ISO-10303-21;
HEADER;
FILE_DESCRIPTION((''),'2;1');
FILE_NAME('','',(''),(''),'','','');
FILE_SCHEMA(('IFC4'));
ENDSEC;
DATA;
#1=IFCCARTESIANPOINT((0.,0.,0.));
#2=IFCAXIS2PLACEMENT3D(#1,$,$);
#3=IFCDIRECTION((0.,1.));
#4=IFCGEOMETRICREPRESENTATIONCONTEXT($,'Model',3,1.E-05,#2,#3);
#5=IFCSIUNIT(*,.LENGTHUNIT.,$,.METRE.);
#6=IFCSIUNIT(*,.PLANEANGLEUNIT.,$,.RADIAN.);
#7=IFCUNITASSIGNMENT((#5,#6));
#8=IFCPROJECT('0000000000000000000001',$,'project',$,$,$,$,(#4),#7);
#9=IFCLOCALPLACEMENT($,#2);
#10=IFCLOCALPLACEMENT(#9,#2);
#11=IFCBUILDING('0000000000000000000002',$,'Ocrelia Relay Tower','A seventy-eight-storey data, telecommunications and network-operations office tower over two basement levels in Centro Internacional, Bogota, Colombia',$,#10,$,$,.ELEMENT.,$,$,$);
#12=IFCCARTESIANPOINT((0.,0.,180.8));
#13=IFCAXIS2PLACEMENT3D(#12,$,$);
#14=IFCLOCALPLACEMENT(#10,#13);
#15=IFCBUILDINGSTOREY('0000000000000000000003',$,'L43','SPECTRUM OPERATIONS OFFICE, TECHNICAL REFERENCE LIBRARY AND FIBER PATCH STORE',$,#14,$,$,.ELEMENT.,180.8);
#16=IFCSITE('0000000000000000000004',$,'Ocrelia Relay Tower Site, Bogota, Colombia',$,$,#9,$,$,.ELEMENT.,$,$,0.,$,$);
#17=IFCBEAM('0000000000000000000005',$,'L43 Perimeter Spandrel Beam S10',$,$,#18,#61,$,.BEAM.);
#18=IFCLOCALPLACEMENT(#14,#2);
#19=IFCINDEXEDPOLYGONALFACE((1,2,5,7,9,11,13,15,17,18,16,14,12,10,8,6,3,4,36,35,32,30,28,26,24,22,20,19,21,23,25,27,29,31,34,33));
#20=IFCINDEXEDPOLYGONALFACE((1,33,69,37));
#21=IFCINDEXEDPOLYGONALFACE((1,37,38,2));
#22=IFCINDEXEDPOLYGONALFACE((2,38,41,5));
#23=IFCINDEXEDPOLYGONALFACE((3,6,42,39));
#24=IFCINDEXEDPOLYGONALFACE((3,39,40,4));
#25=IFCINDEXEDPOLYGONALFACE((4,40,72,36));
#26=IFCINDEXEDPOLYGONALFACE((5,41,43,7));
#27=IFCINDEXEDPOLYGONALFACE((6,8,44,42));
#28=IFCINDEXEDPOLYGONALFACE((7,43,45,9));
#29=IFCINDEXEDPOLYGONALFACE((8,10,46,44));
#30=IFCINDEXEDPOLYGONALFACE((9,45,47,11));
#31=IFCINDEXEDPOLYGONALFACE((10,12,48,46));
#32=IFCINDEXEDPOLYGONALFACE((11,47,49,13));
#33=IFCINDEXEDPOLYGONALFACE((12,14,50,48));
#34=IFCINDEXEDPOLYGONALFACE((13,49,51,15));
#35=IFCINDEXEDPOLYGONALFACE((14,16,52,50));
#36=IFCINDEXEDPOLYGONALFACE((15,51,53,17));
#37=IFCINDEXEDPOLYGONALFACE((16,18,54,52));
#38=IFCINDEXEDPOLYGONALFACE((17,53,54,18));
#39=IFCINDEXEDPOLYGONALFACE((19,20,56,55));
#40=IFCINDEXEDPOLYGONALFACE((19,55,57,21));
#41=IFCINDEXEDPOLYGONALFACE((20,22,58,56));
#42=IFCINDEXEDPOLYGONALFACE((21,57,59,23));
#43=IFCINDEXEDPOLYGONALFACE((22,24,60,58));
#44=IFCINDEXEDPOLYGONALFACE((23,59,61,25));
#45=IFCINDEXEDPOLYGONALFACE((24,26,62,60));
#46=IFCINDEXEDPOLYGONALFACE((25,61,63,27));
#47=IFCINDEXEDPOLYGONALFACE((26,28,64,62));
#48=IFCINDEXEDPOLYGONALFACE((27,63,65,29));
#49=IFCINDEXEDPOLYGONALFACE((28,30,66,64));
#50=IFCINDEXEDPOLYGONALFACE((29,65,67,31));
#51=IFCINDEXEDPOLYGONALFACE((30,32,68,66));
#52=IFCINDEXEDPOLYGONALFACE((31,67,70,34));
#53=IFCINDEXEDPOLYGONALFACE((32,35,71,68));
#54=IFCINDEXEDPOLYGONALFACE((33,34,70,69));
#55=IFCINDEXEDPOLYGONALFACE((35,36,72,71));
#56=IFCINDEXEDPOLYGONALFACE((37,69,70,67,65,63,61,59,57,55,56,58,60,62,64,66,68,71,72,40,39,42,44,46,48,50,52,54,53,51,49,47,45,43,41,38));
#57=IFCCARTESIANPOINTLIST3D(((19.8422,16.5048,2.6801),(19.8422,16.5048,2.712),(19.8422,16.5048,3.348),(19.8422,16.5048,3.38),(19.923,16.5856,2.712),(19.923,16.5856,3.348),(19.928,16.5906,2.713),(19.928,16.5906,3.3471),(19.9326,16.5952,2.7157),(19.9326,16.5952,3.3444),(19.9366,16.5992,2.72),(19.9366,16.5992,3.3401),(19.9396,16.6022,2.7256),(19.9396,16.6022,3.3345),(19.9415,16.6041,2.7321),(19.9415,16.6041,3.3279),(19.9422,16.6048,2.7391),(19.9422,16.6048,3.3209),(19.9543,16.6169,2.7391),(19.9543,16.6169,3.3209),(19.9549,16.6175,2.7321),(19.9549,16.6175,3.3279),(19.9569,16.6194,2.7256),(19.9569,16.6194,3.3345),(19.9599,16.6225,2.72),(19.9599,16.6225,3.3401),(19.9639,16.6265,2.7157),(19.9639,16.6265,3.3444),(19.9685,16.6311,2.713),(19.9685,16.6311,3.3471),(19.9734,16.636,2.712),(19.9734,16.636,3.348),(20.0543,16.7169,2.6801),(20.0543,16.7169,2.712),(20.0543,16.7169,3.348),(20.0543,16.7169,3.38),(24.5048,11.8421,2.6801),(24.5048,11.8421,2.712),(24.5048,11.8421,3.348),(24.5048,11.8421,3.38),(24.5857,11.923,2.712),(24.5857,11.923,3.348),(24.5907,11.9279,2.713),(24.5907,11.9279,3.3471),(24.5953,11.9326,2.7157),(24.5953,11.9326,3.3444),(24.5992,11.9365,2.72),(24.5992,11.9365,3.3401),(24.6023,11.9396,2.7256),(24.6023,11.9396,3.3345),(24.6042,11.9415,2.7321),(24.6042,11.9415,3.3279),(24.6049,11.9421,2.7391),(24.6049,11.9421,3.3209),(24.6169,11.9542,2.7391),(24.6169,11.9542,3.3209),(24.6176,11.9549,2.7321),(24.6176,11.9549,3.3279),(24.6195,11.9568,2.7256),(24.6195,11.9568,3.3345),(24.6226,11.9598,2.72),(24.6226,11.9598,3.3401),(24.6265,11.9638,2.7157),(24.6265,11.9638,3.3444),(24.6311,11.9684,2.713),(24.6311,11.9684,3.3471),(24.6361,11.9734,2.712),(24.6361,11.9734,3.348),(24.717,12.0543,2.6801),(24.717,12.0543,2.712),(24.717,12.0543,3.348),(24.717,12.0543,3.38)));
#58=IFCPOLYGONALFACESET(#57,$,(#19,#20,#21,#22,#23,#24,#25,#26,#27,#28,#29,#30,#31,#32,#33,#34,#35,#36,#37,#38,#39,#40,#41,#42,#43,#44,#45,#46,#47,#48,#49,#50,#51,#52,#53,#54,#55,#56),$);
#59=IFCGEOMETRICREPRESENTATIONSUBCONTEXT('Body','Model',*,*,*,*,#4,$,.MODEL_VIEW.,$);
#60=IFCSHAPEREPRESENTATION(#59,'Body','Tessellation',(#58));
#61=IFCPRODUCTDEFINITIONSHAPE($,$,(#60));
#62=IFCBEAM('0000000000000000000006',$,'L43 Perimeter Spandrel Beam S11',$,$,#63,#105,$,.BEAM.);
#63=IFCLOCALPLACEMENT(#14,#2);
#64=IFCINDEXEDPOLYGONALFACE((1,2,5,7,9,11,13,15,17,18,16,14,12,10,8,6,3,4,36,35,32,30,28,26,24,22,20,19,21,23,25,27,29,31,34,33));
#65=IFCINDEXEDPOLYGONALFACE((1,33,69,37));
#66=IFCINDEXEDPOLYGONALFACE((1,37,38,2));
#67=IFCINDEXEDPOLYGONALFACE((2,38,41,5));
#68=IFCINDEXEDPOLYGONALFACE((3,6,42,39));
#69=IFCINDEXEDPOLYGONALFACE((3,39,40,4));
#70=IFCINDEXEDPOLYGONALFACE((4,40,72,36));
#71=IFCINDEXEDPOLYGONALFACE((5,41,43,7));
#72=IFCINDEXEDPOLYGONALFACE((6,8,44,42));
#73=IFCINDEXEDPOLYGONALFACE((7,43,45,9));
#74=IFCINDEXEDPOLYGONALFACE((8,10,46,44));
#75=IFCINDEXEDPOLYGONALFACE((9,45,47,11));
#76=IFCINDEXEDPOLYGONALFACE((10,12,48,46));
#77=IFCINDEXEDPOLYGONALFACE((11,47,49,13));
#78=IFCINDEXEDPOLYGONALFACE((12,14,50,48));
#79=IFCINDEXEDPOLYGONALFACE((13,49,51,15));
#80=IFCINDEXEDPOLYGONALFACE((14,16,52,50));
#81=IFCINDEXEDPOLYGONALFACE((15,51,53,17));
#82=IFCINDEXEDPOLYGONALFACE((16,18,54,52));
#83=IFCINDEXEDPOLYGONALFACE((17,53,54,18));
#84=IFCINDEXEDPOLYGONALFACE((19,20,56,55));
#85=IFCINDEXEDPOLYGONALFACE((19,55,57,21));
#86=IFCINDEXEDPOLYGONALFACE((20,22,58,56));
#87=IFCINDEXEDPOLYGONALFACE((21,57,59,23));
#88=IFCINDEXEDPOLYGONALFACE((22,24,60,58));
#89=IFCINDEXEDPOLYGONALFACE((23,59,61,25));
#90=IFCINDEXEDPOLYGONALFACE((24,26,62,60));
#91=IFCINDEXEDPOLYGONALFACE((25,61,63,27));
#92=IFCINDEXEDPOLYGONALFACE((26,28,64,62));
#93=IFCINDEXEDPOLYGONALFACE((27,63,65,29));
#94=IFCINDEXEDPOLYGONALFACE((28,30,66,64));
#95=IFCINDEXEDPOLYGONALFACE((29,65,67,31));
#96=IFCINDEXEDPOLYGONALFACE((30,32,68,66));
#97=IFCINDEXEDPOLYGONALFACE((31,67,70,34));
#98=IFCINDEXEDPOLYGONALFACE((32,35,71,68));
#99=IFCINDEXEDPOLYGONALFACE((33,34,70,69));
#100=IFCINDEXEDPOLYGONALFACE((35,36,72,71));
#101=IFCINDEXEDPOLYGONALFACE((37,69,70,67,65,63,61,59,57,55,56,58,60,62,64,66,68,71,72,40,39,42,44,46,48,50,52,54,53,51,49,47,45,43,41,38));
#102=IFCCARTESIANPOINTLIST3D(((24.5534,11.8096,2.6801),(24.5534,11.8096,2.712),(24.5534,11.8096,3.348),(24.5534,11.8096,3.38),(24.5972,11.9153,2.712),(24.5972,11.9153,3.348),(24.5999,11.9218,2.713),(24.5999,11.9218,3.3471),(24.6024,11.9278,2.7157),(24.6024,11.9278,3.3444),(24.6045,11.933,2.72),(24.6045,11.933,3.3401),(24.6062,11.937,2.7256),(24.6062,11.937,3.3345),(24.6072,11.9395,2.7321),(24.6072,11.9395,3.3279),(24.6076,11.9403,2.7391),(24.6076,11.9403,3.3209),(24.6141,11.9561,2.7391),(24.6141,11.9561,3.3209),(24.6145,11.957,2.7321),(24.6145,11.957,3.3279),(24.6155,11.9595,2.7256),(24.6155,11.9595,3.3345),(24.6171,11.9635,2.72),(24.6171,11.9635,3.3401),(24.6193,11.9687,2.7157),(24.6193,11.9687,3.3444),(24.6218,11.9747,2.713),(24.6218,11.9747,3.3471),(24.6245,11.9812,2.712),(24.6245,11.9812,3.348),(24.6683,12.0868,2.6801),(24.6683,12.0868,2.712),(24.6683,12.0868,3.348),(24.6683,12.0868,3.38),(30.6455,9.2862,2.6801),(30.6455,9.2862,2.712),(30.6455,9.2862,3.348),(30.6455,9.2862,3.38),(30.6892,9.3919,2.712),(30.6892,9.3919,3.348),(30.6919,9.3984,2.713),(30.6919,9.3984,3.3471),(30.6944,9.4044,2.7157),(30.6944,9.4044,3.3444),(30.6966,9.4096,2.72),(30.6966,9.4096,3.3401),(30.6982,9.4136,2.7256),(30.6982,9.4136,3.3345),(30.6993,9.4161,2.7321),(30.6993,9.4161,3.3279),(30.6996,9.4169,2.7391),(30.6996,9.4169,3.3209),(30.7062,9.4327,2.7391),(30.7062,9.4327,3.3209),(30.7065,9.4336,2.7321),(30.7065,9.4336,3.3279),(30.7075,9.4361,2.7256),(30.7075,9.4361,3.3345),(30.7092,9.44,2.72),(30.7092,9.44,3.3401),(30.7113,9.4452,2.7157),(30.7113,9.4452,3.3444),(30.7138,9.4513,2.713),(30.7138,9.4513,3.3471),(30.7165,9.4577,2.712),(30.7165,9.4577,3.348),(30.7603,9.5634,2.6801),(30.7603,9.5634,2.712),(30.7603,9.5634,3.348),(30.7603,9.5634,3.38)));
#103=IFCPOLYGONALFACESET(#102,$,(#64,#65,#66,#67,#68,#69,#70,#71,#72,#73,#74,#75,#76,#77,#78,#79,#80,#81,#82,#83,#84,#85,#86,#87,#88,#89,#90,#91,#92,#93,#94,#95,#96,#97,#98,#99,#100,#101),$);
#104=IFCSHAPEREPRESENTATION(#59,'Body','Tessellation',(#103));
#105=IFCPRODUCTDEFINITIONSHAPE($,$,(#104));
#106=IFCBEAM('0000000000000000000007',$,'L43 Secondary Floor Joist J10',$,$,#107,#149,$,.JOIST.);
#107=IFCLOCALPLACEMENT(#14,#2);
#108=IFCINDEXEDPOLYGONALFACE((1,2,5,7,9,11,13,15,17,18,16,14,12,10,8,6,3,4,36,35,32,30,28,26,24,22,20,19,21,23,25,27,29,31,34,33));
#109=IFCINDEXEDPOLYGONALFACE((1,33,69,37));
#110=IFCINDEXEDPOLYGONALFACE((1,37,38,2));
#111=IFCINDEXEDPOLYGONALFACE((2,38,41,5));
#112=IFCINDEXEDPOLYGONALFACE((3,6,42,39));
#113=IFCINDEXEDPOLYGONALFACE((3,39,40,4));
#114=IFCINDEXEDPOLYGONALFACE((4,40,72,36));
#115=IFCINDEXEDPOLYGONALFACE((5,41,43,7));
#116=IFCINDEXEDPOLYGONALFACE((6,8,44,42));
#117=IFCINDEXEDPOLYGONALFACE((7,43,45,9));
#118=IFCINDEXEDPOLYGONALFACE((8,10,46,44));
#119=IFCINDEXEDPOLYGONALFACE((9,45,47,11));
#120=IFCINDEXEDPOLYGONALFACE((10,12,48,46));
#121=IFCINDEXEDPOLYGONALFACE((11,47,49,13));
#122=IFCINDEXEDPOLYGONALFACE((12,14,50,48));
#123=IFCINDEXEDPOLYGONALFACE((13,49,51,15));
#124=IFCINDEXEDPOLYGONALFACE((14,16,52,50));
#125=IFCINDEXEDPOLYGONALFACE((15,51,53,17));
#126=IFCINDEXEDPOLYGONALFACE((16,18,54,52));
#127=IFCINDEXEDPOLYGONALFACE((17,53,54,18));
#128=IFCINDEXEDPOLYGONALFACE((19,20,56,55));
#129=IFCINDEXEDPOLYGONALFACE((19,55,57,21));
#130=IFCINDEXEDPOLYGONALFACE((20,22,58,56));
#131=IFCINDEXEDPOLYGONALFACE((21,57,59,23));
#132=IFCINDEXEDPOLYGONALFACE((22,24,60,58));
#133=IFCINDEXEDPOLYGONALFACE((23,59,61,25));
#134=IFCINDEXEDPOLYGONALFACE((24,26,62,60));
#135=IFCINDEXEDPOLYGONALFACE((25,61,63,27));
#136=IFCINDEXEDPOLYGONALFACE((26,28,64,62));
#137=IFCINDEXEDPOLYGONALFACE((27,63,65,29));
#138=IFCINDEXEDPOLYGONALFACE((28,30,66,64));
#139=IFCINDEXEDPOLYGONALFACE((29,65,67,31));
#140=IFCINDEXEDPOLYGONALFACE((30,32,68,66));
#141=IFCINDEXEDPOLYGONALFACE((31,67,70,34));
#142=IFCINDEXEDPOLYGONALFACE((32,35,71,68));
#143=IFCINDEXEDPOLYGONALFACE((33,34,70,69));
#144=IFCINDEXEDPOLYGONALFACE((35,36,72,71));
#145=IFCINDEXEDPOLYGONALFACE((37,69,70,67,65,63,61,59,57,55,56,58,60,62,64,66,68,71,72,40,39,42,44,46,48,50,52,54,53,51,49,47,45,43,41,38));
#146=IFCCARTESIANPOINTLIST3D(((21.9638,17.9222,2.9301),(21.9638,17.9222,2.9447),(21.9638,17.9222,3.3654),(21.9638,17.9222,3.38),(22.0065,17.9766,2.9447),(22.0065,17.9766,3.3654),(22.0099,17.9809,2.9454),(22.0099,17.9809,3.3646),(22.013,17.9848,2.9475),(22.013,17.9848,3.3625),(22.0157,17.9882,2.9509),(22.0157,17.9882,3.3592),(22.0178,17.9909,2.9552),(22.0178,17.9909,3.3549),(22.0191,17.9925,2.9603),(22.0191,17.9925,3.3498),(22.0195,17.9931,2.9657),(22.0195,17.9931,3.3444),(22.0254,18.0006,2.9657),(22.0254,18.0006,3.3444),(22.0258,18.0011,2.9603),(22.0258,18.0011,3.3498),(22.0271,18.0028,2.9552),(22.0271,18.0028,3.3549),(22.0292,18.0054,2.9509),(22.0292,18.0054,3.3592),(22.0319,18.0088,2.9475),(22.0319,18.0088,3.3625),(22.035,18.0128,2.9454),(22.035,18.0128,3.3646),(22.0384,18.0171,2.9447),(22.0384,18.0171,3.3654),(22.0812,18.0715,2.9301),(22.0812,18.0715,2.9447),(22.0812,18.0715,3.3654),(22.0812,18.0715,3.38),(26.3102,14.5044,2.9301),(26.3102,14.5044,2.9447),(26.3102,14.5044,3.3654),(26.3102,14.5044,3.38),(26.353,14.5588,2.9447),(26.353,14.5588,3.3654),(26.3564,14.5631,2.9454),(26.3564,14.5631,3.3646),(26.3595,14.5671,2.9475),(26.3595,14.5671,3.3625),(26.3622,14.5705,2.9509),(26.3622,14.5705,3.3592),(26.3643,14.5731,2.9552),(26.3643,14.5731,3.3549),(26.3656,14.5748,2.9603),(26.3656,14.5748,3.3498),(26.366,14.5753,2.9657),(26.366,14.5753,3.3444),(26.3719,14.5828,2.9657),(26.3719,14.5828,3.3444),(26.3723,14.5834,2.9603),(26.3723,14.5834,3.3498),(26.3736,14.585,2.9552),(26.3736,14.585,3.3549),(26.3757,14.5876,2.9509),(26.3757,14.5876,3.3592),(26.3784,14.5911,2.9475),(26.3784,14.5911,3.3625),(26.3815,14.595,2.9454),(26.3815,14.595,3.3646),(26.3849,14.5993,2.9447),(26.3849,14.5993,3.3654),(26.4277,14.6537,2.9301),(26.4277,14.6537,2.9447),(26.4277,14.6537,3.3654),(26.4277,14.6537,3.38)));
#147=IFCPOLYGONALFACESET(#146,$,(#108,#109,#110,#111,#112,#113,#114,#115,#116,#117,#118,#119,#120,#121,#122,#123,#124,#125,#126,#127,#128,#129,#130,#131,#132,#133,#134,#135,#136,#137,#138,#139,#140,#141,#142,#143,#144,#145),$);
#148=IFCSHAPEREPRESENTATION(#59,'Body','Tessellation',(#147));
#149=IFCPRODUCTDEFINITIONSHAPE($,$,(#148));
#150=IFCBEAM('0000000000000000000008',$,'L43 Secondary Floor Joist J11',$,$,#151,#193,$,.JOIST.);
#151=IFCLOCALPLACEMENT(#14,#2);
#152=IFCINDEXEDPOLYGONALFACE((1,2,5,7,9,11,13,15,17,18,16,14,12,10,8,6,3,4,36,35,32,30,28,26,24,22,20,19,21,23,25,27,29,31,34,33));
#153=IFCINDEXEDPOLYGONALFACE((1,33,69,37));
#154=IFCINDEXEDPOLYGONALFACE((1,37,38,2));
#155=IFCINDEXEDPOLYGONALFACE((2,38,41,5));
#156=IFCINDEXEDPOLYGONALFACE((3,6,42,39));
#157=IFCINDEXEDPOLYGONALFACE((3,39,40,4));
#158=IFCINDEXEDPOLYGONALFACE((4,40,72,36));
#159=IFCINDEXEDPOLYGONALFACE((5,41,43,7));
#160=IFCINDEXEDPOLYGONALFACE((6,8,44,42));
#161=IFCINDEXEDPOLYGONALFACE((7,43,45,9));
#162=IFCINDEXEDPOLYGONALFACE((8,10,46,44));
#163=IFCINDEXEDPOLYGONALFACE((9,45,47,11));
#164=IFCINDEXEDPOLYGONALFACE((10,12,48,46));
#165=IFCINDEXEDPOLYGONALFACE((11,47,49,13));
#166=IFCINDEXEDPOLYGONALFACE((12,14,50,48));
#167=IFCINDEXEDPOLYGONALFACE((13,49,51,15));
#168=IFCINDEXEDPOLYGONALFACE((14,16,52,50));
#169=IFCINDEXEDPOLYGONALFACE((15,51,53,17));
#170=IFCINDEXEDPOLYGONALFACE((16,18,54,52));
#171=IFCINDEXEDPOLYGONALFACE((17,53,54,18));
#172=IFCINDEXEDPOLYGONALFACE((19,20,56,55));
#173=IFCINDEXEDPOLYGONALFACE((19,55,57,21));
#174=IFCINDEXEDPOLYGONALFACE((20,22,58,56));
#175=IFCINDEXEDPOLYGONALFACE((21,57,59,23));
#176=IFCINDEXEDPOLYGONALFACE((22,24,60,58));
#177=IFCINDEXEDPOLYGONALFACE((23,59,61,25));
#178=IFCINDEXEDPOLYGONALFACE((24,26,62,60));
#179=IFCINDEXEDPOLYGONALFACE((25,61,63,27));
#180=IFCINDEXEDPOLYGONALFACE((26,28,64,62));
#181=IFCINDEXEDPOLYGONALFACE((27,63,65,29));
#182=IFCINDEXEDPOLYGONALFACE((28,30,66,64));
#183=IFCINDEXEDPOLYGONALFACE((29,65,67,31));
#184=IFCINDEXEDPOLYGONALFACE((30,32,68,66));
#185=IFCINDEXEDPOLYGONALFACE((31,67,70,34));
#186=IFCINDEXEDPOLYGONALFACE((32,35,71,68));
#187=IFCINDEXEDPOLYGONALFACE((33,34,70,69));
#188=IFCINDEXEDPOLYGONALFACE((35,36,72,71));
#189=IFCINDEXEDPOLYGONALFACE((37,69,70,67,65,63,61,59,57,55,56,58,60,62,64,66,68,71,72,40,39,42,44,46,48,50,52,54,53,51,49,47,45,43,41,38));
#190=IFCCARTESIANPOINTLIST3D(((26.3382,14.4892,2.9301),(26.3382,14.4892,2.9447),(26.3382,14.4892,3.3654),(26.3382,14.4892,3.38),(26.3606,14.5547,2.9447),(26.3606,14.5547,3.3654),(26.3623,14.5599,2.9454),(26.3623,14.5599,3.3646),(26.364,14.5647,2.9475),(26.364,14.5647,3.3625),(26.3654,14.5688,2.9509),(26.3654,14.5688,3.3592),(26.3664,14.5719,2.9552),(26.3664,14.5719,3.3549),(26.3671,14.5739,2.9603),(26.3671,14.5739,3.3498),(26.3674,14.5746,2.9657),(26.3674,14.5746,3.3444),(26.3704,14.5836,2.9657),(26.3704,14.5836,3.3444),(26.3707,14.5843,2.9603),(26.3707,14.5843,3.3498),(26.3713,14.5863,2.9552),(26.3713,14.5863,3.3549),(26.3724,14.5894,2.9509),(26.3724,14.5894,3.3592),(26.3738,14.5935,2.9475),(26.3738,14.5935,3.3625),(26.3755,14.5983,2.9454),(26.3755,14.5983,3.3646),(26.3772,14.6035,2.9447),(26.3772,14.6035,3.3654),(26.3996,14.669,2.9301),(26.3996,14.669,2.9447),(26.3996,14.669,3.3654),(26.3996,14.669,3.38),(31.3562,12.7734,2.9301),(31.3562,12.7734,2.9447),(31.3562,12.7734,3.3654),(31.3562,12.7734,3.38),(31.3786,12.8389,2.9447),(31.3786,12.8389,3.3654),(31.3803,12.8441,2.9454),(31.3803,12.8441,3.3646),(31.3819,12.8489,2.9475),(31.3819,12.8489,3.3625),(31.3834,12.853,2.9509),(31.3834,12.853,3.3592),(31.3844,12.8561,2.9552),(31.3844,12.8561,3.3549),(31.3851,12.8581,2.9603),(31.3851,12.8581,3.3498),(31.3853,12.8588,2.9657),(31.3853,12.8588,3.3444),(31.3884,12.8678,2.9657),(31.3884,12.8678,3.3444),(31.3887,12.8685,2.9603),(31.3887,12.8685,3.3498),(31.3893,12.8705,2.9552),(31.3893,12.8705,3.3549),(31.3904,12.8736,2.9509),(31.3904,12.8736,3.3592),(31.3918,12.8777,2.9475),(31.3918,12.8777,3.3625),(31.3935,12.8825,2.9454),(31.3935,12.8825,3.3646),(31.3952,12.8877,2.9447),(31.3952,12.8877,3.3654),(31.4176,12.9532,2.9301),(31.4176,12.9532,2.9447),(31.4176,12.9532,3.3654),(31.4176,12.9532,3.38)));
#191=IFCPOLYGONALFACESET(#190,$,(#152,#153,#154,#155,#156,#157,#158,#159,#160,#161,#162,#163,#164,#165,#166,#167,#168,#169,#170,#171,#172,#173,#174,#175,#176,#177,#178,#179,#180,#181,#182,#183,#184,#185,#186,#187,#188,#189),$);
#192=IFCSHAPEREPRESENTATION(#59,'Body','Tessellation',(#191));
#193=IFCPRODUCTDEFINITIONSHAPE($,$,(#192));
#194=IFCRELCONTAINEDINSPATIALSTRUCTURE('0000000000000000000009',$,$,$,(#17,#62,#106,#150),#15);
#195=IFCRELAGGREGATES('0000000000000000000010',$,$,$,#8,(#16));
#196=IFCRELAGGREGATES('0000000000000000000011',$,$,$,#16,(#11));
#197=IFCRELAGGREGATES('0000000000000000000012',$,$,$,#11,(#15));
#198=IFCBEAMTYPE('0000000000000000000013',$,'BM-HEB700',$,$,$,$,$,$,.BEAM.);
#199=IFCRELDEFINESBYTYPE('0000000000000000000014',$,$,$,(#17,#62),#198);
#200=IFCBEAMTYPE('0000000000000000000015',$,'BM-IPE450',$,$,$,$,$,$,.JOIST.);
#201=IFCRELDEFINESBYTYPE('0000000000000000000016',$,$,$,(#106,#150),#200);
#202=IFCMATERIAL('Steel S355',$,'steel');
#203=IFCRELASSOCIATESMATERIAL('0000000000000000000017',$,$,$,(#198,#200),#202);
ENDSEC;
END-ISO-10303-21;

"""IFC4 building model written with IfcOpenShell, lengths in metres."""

from ifc_helpers import new_model, si_unit, direction, frame, origin, origin_2d, place, context, subcontext, project, spatial, i_section, extrude, material, material_profile, profile_set, type_object, element, save


model = new_model("IFC4")

# Units and contexts
model_context = context("Model", 3, precision=1e-05, world=origin(), true_north=direction((0.0, 1.0)))
body_context = subcontext(model_context, "Body", "Model", "MODEL_VIEW")
ifc_project = project(units=[si_unit("LENGTHUNIT", "METRE"), si_unit("PLANEANGLEUNIT", "RADIAN")], contexts=[model_context])

# Site, building, storey
site_placement = place(None, origin())
site = spatial("IfcSite", under=ifc_project, at=site_placement, Name="Ocrelia Relay Tower Site, Bogota, Colombia", CompositionType="ELEMENT", RefElevation=0.0)
building_placement = place(site_placement, origin())
building = spatial("IfcBuilding", under=site, at=building_placement, Name="Ocrelia Relay Tower", Description="A seventy-eight-storey data, telecommunications and network-operations office tower over two basement levels in Centro Internacional, Bogota, Colombia", CompositionType="ELEMENT")
storey_placement = place(building_placement, frame((0.0, 0.0, 180.8)))
storey = spatial("IfcBuildingStorey", under=building, at=storey_placement, Name="L43", Description="SPECTRUM OPERATIONS OFFICE, TECHNICAL REFERENCE LIBRARY AND FIBER PATCH STORE", CompositionType="ELEMENT", Elevation=180.8)

# Beams
ifc_material_1 = material(Name="Steel S355", Category="steel")
ifc_material_profile_1 = material_profile(ifc_material_1, i_section(OverallWidth=0.3, OverallDepth=0.7, WebThickness=0.0171, FlangeThickness=0.032, FilletRadius=0.0271, at=origin_2d()), Name="HEB 700")
ifc_profile_set_1 = profile_set([ifc_material_profile_1], Name="Steel S355")
beam_type_1 = type_object("IfcBeamType", Name="BM-HEB700", PredefinedType="BEAM", material=ifc_profile_set_1)
for number, where, z_axis, x_axis, name in (
    (1, (19.9482, 16.6108, 3.03), (0.707107, -0.707107, 0.0), (0.707107, 0.707107, 0.0), "L43 Perimeter Spandrel Beam S10"),
    (2, (24.6108, 11.9482, 3.03), (0.923878, -0.382688, 0.0), (0.382688, 0.923878, 0.0), "L43 Perimeter Spandrel Beam S11"),
):
    element("IfcBeam", number, at=place(storey_placement, frame(where, z_axis=z_axis, x_axis=x_axis)), inside=storey, type_object=beam_type_1, Name=name, PredefinedType="BEAM", context=body_context, shape_type="SweptSolid", body=[
        extrude(i_section(OverallWidth=0.3, OverallDepth=0.7, WebThickness=0.0171, FlangeThickness=0.032, FilletRadius=0.0271, at=origin_2d()), origin(), (0.0, 0.0, 1.0), 6.594),
    ])
ifc_material_profile_2 = material_profile(ifc_material_1, i_section(OverallWidth=0.1899, OverallDepth=0.45, WebThickness=0.0095, FlangeThickness=0.0146, FilletRadius=0.021, at=origin_2d()), Name="IPE 450")
ifc_profile_set_2 = profile_set([ifc_material_profile_2], Name="Steel S355")
beam_type_2 = type_object("IfcBeamType", Name="BM-IPE450", PredefinedType="JOIST", material=ifc_profile_set_2)
beam_1_placement = place(storey_placement, frame((22.0225, 17.9968, 3.155), z_axis=(0.786084, -0.61812, 0.0), x_axis=(0.61812, 0.786084, 0.0)))
element("IfcBeam", 3, at=beam_1_placement, inside=storey, type_object=beam_type_2, Name="L43 Secondary Floor Joist J10", PredefinedType="JOIST", context=body_context, shape_type="SweptSolid", body=[
    extrude(i_section(OverallWidth=0.1899, OverallDepth=0.45, WebThickness=0.0095, FlangeThickness=0.0146, FilletRadius=0.021, at=origin_2d()), origin(), (0.0, 0.0, 1.0), 5.5293),
])
beam_2_placement = place(storey_placement, frame((26.3689, 14.5791, 3.155), z_axis=(0.946215, -0.323538, 0.0), x_axis=(0.323538, 0.946215, 0.0)))
element("IfcBeam", 4, at=beam_2_placement, inside=storey, type_object=beam_type_2, Name="L43 Secondary Floor Joist J11", PredefinedType="JOIST", context=body_context, shape_type="SweptSolid", body=[
    extrude(i_section(OverallWidth=0.1899, OverallDepth=0.45, WebThickness=0.0095, FlangeThickness=0.0146, FilletRadius=0.021, at=origin_2d()), origin(), (0.0, 0.0, 1.0), 5.3032),
])

save(model, "model.ifc")
